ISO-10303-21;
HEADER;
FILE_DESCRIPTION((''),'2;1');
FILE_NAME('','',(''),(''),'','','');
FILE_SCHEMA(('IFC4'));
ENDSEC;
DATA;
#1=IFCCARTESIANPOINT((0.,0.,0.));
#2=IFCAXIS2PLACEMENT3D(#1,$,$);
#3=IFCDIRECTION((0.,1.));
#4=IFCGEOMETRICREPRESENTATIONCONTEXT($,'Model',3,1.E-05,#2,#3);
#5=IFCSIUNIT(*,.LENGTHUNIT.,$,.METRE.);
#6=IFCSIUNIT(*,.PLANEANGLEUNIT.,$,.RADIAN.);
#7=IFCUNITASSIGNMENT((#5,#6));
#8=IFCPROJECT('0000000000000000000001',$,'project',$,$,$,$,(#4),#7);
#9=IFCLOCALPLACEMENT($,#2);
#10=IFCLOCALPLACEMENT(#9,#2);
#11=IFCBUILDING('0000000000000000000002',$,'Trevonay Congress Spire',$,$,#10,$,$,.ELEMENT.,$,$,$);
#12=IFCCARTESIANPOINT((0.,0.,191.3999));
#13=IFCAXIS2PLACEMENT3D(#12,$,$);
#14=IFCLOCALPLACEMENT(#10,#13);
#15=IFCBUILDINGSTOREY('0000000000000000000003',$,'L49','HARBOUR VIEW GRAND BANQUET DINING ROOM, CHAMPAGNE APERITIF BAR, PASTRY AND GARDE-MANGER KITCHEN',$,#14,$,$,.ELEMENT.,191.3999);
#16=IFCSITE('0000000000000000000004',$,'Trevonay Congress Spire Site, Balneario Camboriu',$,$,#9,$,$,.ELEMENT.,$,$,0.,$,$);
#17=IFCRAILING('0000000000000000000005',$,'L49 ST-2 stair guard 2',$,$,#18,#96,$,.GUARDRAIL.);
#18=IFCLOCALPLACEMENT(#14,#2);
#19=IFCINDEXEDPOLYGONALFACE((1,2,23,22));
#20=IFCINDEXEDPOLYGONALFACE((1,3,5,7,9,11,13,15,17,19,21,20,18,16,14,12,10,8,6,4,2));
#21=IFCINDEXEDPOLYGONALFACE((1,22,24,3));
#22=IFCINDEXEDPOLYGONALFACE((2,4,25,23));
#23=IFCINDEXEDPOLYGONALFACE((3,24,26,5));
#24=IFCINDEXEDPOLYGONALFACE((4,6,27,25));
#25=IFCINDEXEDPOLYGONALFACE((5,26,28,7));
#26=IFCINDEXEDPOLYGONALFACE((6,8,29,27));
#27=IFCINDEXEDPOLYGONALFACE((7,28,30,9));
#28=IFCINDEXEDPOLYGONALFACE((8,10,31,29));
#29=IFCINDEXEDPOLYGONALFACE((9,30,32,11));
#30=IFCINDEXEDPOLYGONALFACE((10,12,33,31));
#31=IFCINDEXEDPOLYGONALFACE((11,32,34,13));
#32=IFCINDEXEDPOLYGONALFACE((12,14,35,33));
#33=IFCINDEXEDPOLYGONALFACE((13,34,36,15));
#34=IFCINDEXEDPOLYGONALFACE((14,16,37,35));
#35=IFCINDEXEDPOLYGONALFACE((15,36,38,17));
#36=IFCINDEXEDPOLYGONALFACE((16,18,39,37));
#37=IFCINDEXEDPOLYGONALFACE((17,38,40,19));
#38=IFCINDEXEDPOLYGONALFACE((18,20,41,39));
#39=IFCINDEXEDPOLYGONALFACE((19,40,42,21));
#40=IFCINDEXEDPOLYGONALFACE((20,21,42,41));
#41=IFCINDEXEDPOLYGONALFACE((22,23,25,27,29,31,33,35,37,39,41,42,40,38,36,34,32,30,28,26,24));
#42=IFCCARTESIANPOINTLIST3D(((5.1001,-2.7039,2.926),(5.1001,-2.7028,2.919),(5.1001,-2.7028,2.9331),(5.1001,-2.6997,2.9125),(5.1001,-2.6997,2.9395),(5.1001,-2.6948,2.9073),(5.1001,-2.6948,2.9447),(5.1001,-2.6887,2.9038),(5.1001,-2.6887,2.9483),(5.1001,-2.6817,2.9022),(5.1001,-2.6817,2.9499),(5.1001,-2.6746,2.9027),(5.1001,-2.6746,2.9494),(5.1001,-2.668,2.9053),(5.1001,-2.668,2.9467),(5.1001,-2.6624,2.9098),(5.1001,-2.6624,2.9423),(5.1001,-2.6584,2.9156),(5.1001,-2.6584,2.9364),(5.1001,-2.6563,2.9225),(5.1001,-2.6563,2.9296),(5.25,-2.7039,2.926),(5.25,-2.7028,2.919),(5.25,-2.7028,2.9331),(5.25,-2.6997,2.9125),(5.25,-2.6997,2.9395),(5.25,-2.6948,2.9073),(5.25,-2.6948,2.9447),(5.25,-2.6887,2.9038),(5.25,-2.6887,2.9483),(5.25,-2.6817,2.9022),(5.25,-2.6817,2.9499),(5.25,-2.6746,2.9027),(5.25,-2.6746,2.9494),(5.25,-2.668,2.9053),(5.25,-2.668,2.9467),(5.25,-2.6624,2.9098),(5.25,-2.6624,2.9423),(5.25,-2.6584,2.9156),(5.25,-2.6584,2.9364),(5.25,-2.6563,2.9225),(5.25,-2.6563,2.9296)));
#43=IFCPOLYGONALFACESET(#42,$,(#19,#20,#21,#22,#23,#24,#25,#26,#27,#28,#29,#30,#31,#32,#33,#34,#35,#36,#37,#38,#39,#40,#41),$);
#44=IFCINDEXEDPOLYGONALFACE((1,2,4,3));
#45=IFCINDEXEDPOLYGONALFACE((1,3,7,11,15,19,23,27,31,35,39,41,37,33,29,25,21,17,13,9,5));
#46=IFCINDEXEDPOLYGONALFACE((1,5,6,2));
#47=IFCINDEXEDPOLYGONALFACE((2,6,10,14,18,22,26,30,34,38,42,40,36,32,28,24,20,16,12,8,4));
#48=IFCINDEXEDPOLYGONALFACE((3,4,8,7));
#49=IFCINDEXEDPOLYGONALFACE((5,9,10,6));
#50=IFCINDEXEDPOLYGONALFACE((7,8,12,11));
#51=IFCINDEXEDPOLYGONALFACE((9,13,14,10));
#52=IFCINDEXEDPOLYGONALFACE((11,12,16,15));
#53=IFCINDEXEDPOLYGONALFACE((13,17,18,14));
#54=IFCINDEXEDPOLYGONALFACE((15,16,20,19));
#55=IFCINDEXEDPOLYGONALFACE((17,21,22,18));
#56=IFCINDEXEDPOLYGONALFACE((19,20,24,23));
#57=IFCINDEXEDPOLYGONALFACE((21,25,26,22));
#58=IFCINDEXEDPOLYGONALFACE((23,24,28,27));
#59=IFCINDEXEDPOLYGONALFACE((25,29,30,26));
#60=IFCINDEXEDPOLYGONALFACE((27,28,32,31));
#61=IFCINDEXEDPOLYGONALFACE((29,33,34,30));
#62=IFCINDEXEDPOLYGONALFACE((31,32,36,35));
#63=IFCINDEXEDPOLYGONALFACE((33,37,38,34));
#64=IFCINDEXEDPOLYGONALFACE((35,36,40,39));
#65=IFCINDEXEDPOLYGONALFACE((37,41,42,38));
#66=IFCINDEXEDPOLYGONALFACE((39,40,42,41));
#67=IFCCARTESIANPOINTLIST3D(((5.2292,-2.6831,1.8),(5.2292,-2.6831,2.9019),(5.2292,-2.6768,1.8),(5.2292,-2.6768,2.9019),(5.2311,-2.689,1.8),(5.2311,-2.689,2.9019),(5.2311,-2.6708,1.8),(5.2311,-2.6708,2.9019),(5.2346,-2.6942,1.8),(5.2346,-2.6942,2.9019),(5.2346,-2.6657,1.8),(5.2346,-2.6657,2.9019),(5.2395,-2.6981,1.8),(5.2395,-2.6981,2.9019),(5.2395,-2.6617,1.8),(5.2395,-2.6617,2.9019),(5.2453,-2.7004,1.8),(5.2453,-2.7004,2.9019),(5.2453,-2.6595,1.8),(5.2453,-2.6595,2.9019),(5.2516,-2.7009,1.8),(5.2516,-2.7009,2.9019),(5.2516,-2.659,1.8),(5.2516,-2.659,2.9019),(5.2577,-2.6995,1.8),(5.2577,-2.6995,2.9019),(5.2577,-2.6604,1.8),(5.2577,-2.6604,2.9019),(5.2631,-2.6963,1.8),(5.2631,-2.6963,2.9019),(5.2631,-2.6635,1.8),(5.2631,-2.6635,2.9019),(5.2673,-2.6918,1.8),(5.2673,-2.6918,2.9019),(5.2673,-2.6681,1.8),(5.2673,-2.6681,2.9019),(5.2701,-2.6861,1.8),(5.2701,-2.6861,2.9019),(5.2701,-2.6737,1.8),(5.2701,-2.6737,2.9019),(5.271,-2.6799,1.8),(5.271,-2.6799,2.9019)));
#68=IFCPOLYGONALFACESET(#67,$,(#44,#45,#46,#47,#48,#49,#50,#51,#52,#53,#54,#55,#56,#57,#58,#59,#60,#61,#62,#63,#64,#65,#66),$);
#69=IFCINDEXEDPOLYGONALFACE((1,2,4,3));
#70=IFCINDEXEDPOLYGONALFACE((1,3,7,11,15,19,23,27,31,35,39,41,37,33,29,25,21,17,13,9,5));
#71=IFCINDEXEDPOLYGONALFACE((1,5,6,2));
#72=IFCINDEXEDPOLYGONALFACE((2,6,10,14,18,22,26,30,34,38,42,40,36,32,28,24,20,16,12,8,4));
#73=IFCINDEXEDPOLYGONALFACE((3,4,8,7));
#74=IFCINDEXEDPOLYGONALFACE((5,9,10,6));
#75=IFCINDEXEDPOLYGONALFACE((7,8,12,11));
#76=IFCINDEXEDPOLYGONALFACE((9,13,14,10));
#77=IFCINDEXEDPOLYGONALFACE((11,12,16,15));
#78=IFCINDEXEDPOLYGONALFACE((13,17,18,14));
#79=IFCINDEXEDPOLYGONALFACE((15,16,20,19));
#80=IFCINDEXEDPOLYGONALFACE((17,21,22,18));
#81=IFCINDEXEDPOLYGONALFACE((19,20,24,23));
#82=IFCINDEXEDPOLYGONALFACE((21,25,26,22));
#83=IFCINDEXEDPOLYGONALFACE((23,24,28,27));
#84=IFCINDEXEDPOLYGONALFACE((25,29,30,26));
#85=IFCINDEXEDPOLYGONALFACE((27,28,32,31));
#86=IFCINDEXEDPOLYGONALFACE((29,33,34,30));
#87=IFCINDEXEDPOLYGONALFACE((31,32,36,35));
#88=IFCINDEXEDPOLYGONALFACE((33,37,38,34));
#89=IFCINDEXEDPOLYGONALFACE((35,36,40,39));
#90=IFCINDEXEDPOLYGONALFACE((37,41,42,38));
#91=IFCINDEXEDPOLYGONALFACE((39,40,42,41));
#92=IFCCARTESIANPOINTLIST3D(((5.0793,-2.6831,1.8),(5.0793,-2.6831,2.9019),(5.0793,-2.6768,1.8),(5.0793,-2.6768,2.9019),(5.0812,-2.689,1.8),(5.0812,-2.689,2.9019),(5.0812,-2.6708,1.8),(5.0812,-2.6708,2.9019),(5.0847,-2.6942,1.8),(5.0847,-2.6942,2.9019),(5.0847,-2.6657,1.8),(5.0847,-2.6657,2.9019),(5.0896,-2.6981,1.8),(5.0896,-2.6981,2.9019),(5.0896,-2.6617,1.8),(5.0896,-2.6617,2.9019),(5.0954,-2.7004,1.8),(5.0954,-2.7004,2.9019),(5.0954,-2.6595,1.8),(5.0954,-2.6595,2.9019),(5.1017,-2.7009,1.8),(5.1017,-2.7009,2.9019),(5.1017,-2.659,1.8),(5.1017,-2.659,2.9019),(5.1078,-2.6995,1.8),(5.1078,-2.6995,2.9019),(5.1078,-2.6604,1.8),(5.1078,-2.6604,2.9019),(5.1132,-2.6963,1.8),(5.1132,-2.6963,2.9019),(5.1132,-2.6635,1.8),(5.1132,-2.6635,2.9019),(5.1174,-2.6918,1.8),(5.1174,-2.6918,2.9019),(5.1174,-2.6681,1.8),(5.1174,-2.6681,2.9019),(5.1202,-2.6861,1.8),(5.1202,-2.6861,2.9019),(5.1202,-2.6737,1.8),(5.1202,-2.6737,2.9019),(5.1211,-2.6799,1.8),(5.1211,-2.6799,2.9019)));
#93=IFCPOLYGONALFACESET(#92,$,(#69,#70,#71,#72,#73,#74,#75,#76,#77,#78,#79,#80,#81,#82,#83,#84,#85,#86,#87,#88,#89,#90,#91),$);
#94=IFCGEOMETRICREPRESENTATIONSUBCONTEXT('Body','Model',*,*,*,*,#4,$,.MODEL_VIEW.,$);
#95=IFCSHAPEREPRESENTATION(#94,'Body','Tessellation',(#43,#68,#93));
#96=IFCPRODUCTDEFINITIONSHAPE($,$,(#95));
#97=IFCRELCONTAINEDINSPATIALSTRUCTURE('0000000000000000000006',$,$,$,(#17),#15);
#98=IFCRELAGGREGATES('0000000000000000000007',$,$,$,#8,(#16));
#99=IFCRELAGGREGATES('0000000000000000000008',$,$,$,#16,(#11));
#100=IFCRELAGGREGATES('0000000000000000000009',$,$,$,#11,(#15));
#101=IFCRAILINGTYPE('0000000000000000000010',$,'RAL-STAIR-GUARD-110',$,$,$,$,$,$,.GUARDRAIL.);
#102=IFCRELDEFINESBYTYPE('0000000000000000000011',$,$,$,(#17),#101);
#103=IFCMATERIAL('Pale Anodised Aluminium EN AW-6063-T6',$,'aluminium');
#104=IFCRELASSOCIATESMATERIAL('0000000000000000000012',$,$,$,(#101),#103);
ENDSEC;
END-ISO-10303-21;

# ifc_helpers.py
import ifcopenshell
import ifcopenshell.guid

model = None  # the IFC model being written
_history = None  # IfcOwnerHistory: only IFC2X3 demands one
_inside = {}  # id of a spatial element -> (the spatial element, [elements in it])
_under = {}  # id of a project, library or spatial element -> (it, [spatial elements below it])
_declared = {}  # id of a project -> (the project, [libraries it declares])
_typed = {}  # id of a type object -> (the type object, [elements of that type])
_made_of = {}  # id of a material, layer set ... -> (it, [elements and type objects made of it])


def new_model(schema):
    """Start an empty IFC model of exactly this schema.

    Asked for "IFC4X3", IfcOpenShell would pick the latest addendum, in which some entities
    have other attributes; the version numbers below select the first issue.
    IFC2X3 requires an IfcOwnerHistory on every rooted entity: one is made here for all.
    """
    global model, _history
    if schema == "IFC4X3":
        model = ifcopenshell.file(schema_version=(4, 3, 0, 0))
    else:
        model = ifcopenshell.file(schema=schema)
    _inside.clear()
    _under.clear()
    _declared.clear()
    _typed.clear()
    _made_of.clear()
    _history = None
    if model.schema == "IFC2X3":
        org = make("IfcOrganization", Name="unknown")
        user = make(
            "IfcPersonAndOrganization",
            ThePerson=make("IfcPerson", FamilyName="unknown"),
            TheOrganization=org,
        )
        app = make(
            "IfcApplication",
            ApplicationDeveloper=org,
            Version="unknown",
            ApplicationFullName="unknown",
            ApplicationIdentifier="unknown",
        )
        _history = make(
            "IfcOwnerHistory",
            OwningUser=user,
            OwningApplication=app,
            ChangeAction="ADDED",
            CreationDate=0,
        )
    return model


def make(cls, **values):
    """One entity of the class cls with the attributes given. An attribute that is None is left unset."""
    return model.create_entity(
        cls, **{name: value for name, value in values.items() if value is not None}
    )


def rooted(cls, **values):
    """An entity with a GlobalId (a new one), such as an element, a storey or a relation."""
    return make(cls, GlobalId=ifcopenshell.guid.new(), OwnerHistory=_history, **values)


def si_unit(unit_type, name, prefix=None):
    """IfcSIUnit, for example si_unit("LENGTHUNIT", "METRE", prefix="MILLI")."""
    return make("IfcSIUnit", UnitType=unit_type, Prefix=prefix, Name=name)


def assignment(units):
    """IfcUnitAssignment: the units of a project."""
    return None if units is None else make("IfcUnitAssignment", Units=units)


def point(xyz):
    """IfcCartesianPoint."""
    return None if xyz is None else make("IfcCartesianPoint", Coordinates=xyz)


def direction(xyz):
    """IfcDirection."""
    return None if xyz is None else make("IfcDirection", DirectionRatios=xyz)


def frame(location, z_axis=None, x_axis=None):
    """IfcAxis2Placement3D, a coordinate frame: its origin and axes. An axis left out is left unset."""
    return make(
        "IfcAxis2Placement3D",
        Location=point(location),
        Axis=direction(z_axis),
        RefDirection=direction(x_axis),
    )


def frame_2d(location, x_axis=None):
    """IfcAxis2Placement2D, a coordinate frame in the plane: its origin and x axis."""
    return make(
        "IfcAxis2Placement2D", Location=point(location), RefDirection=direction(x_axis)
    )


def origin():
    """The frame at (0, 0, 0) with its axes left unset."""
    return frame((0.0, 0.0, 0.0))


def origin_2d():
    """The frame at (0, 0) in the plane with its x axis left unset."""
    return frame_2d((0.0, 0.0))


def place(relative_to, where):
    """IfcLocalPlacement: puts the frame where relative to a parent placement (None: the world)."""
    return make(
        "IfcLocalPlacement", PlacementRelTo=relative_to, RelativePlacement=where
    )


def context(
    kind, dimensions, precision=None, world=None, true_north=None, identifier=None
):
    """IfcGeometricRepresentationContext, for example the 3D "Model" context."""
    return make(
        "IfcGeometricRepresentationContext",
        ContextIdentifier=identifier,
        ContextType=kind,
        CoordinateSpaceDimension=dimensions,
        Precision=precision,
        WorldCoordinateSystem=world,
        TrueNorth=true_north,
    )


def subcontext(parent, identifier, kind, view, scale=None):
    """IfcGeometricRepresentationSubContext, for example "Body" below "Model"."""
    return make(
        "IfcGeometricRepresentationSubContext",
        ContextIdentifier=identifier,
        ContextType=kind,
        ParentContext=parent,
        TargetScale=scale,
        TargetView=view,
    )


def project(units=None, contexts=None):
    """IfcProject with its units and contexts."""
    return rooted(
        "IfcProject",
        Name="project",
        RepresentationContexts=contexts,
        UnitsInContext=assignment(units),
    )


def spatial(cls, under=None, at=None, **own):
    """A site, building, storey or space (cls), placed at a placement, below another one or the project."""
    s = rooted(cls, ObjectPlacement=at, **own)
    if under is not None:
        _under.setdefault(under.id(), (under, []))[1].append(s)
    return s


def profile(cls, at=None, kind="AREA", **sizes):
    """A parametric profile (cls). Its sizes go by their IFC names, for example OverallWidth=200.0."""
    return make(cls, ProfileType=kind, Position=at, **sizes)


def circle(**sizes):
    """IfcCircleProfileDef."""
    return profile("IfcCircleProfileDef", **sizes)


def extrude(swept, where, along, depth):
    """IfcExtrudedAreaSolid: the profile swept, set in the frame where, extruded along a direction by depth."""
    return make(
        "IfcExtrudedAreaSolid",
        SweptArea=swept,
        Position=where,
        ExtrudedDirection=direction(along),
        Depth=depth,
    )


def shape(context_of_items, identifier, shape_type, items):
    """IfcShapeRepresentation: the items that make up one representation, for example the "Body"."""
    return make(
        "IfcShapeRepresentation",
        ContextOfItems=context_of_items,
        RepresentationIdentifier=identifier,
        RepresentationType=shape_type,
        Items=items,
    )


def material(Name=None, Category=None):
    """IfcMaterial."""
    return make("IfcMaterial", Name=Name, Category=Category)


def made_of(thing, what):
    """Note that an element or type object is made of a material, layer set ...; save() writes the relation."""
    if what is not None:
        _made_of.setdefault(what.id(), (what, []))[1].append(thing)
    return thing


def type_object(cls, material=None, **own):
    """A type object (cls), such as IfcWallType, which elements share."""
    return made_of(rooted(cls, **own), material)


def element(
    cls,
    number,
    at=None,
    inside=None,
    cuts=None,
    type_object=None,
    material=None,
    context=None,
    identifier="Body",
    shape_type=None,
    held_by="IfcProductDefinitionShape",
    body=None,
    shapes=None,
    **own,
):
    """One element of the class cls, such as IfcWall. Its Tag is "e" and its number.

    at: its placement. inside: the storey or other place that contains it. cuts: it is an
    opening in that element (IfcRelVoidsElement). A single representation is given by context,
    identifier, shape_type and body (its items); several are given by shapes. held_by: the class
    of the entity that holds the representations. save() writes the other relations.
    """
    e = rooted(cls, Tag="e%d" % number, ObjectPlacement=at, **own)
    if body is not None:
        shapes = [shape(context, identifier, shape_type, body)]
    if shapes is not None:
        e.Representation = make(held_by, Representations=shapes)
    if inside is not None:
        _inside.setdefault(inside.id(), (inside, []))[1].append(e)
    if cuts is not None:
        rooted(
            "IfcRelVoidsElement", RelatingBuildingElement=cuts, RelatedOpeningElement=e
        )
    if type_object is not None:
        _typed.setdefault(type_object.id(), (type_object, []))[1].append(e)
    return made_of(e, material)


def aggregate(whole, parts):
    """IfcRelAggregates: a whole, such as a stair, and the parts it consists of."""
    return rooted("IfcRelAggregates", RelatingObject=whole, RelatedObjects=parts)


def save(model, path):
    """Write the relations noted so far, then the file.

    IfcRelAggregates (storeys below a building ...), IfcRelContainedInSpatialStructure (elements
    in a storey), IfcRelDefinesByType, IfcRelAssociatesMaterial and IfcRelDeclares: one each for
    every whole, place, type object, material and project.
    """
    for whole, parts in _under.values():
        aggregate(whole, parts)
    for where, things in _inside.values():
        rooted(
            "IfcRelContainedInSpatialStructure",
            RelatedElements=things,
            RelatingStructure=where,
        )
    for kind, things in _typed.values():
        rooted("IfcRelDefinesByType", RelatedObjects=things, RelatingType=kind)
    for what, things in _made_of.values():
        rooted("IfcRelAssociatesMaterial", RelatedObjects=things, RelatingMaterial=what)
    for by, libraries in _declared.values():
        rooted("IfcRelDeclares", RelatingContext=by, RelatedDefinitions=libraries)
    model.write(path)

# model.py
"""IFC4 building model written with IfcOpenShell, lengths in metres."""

from ifc_helpers import new_model, si_unit, direction, frame, origin, origin_2d, place, context, subcontext, project, spatial, circle, extrude, material, type_object, element, save


model = new_model("IFC4")

# Units and contexts
model_context = context("Model", 3, precision=1e-05, world=origin(), true_north=direction((0.0, 1.0)))
body_context = subcontext(model_context, "Body", "Model", "MODEL_VIEW")
ifc_project = project(units=[si_unit("LENGTHUNIT", "METRE"), si_unit("PLANEANGLEUNIT", "RADIAN")], contexts=[model_context])

# Site, building, storey
site_placement = place(None, origin())
site = spatial("IfcSite", under=ifc_project, at=site_placement, Name="Trevonay Congress Spire Site, Balneario Camboriu", CompositionType="ELEMENT", RefElevation=0.0)
building_placement = place(site_placement, origin())
building = spatial("IfcBuilding", under=site, at=building_placement, Name="Trevonay Congress Spire", CompositionType="ELEMENT")
storey_placement = place(building_placement, frame((0.0, 0.0, 191.3999)))
storey = spatial("IfcBuildingStorey", under=building, at=storey_placement, Name="L49", Description="HARBOUR VIEW GRAND BANQUET DINING ROOM, CHAMPAGNE APERITIF BAR, PASTRY AND GARDE-MANGER KITCHEN", CompositionType="ELEMENT", Elevation=191.3999)

# Railing
ifc_material_1 = material(Name="Pale Anodised Aluminium EN AW-6063-T6", Category="aluminium")
railing_type_1 = type_object("IfcRailingType", Name="RAL-STAIR-GUARD-110", PredefinedType="GUARDRAIL", material=ifc_material_1)
railing_1_placement = place(storey_placement, frame((5.25, -2.6799, 1.8)))
element("IfcRailing", 1, at=railing_1_placement, inside=storey, type_object=railing_type_1, Name="L49 ST-2 stair guard 2", PredefinedType="GUARDRAIL", context=body_context, shape_type="SweptSolid", body=[
    extrude(circle(Radius=0.0239, at=origin_2d()), frame((0.0, 0.0, 1.126), z_axis=(-1.0, 0.0, 0.0), x_axis=(0.0, -1.0, 0.0)), (0.0, 0.0, 1.0), 0.1499),
    extrude(circle(Radius=0.021, at=origin_2d()), origin(), (0.0, 0.0, 1.0), 1.1018),
    extrude(circle(Radius=0.021, at=origin_2d()), frame((-0.1499, 0.0, 0.0)), (0.0, 0.0, 1.0), 1.1018),
])

save(model, "model.ifc")
